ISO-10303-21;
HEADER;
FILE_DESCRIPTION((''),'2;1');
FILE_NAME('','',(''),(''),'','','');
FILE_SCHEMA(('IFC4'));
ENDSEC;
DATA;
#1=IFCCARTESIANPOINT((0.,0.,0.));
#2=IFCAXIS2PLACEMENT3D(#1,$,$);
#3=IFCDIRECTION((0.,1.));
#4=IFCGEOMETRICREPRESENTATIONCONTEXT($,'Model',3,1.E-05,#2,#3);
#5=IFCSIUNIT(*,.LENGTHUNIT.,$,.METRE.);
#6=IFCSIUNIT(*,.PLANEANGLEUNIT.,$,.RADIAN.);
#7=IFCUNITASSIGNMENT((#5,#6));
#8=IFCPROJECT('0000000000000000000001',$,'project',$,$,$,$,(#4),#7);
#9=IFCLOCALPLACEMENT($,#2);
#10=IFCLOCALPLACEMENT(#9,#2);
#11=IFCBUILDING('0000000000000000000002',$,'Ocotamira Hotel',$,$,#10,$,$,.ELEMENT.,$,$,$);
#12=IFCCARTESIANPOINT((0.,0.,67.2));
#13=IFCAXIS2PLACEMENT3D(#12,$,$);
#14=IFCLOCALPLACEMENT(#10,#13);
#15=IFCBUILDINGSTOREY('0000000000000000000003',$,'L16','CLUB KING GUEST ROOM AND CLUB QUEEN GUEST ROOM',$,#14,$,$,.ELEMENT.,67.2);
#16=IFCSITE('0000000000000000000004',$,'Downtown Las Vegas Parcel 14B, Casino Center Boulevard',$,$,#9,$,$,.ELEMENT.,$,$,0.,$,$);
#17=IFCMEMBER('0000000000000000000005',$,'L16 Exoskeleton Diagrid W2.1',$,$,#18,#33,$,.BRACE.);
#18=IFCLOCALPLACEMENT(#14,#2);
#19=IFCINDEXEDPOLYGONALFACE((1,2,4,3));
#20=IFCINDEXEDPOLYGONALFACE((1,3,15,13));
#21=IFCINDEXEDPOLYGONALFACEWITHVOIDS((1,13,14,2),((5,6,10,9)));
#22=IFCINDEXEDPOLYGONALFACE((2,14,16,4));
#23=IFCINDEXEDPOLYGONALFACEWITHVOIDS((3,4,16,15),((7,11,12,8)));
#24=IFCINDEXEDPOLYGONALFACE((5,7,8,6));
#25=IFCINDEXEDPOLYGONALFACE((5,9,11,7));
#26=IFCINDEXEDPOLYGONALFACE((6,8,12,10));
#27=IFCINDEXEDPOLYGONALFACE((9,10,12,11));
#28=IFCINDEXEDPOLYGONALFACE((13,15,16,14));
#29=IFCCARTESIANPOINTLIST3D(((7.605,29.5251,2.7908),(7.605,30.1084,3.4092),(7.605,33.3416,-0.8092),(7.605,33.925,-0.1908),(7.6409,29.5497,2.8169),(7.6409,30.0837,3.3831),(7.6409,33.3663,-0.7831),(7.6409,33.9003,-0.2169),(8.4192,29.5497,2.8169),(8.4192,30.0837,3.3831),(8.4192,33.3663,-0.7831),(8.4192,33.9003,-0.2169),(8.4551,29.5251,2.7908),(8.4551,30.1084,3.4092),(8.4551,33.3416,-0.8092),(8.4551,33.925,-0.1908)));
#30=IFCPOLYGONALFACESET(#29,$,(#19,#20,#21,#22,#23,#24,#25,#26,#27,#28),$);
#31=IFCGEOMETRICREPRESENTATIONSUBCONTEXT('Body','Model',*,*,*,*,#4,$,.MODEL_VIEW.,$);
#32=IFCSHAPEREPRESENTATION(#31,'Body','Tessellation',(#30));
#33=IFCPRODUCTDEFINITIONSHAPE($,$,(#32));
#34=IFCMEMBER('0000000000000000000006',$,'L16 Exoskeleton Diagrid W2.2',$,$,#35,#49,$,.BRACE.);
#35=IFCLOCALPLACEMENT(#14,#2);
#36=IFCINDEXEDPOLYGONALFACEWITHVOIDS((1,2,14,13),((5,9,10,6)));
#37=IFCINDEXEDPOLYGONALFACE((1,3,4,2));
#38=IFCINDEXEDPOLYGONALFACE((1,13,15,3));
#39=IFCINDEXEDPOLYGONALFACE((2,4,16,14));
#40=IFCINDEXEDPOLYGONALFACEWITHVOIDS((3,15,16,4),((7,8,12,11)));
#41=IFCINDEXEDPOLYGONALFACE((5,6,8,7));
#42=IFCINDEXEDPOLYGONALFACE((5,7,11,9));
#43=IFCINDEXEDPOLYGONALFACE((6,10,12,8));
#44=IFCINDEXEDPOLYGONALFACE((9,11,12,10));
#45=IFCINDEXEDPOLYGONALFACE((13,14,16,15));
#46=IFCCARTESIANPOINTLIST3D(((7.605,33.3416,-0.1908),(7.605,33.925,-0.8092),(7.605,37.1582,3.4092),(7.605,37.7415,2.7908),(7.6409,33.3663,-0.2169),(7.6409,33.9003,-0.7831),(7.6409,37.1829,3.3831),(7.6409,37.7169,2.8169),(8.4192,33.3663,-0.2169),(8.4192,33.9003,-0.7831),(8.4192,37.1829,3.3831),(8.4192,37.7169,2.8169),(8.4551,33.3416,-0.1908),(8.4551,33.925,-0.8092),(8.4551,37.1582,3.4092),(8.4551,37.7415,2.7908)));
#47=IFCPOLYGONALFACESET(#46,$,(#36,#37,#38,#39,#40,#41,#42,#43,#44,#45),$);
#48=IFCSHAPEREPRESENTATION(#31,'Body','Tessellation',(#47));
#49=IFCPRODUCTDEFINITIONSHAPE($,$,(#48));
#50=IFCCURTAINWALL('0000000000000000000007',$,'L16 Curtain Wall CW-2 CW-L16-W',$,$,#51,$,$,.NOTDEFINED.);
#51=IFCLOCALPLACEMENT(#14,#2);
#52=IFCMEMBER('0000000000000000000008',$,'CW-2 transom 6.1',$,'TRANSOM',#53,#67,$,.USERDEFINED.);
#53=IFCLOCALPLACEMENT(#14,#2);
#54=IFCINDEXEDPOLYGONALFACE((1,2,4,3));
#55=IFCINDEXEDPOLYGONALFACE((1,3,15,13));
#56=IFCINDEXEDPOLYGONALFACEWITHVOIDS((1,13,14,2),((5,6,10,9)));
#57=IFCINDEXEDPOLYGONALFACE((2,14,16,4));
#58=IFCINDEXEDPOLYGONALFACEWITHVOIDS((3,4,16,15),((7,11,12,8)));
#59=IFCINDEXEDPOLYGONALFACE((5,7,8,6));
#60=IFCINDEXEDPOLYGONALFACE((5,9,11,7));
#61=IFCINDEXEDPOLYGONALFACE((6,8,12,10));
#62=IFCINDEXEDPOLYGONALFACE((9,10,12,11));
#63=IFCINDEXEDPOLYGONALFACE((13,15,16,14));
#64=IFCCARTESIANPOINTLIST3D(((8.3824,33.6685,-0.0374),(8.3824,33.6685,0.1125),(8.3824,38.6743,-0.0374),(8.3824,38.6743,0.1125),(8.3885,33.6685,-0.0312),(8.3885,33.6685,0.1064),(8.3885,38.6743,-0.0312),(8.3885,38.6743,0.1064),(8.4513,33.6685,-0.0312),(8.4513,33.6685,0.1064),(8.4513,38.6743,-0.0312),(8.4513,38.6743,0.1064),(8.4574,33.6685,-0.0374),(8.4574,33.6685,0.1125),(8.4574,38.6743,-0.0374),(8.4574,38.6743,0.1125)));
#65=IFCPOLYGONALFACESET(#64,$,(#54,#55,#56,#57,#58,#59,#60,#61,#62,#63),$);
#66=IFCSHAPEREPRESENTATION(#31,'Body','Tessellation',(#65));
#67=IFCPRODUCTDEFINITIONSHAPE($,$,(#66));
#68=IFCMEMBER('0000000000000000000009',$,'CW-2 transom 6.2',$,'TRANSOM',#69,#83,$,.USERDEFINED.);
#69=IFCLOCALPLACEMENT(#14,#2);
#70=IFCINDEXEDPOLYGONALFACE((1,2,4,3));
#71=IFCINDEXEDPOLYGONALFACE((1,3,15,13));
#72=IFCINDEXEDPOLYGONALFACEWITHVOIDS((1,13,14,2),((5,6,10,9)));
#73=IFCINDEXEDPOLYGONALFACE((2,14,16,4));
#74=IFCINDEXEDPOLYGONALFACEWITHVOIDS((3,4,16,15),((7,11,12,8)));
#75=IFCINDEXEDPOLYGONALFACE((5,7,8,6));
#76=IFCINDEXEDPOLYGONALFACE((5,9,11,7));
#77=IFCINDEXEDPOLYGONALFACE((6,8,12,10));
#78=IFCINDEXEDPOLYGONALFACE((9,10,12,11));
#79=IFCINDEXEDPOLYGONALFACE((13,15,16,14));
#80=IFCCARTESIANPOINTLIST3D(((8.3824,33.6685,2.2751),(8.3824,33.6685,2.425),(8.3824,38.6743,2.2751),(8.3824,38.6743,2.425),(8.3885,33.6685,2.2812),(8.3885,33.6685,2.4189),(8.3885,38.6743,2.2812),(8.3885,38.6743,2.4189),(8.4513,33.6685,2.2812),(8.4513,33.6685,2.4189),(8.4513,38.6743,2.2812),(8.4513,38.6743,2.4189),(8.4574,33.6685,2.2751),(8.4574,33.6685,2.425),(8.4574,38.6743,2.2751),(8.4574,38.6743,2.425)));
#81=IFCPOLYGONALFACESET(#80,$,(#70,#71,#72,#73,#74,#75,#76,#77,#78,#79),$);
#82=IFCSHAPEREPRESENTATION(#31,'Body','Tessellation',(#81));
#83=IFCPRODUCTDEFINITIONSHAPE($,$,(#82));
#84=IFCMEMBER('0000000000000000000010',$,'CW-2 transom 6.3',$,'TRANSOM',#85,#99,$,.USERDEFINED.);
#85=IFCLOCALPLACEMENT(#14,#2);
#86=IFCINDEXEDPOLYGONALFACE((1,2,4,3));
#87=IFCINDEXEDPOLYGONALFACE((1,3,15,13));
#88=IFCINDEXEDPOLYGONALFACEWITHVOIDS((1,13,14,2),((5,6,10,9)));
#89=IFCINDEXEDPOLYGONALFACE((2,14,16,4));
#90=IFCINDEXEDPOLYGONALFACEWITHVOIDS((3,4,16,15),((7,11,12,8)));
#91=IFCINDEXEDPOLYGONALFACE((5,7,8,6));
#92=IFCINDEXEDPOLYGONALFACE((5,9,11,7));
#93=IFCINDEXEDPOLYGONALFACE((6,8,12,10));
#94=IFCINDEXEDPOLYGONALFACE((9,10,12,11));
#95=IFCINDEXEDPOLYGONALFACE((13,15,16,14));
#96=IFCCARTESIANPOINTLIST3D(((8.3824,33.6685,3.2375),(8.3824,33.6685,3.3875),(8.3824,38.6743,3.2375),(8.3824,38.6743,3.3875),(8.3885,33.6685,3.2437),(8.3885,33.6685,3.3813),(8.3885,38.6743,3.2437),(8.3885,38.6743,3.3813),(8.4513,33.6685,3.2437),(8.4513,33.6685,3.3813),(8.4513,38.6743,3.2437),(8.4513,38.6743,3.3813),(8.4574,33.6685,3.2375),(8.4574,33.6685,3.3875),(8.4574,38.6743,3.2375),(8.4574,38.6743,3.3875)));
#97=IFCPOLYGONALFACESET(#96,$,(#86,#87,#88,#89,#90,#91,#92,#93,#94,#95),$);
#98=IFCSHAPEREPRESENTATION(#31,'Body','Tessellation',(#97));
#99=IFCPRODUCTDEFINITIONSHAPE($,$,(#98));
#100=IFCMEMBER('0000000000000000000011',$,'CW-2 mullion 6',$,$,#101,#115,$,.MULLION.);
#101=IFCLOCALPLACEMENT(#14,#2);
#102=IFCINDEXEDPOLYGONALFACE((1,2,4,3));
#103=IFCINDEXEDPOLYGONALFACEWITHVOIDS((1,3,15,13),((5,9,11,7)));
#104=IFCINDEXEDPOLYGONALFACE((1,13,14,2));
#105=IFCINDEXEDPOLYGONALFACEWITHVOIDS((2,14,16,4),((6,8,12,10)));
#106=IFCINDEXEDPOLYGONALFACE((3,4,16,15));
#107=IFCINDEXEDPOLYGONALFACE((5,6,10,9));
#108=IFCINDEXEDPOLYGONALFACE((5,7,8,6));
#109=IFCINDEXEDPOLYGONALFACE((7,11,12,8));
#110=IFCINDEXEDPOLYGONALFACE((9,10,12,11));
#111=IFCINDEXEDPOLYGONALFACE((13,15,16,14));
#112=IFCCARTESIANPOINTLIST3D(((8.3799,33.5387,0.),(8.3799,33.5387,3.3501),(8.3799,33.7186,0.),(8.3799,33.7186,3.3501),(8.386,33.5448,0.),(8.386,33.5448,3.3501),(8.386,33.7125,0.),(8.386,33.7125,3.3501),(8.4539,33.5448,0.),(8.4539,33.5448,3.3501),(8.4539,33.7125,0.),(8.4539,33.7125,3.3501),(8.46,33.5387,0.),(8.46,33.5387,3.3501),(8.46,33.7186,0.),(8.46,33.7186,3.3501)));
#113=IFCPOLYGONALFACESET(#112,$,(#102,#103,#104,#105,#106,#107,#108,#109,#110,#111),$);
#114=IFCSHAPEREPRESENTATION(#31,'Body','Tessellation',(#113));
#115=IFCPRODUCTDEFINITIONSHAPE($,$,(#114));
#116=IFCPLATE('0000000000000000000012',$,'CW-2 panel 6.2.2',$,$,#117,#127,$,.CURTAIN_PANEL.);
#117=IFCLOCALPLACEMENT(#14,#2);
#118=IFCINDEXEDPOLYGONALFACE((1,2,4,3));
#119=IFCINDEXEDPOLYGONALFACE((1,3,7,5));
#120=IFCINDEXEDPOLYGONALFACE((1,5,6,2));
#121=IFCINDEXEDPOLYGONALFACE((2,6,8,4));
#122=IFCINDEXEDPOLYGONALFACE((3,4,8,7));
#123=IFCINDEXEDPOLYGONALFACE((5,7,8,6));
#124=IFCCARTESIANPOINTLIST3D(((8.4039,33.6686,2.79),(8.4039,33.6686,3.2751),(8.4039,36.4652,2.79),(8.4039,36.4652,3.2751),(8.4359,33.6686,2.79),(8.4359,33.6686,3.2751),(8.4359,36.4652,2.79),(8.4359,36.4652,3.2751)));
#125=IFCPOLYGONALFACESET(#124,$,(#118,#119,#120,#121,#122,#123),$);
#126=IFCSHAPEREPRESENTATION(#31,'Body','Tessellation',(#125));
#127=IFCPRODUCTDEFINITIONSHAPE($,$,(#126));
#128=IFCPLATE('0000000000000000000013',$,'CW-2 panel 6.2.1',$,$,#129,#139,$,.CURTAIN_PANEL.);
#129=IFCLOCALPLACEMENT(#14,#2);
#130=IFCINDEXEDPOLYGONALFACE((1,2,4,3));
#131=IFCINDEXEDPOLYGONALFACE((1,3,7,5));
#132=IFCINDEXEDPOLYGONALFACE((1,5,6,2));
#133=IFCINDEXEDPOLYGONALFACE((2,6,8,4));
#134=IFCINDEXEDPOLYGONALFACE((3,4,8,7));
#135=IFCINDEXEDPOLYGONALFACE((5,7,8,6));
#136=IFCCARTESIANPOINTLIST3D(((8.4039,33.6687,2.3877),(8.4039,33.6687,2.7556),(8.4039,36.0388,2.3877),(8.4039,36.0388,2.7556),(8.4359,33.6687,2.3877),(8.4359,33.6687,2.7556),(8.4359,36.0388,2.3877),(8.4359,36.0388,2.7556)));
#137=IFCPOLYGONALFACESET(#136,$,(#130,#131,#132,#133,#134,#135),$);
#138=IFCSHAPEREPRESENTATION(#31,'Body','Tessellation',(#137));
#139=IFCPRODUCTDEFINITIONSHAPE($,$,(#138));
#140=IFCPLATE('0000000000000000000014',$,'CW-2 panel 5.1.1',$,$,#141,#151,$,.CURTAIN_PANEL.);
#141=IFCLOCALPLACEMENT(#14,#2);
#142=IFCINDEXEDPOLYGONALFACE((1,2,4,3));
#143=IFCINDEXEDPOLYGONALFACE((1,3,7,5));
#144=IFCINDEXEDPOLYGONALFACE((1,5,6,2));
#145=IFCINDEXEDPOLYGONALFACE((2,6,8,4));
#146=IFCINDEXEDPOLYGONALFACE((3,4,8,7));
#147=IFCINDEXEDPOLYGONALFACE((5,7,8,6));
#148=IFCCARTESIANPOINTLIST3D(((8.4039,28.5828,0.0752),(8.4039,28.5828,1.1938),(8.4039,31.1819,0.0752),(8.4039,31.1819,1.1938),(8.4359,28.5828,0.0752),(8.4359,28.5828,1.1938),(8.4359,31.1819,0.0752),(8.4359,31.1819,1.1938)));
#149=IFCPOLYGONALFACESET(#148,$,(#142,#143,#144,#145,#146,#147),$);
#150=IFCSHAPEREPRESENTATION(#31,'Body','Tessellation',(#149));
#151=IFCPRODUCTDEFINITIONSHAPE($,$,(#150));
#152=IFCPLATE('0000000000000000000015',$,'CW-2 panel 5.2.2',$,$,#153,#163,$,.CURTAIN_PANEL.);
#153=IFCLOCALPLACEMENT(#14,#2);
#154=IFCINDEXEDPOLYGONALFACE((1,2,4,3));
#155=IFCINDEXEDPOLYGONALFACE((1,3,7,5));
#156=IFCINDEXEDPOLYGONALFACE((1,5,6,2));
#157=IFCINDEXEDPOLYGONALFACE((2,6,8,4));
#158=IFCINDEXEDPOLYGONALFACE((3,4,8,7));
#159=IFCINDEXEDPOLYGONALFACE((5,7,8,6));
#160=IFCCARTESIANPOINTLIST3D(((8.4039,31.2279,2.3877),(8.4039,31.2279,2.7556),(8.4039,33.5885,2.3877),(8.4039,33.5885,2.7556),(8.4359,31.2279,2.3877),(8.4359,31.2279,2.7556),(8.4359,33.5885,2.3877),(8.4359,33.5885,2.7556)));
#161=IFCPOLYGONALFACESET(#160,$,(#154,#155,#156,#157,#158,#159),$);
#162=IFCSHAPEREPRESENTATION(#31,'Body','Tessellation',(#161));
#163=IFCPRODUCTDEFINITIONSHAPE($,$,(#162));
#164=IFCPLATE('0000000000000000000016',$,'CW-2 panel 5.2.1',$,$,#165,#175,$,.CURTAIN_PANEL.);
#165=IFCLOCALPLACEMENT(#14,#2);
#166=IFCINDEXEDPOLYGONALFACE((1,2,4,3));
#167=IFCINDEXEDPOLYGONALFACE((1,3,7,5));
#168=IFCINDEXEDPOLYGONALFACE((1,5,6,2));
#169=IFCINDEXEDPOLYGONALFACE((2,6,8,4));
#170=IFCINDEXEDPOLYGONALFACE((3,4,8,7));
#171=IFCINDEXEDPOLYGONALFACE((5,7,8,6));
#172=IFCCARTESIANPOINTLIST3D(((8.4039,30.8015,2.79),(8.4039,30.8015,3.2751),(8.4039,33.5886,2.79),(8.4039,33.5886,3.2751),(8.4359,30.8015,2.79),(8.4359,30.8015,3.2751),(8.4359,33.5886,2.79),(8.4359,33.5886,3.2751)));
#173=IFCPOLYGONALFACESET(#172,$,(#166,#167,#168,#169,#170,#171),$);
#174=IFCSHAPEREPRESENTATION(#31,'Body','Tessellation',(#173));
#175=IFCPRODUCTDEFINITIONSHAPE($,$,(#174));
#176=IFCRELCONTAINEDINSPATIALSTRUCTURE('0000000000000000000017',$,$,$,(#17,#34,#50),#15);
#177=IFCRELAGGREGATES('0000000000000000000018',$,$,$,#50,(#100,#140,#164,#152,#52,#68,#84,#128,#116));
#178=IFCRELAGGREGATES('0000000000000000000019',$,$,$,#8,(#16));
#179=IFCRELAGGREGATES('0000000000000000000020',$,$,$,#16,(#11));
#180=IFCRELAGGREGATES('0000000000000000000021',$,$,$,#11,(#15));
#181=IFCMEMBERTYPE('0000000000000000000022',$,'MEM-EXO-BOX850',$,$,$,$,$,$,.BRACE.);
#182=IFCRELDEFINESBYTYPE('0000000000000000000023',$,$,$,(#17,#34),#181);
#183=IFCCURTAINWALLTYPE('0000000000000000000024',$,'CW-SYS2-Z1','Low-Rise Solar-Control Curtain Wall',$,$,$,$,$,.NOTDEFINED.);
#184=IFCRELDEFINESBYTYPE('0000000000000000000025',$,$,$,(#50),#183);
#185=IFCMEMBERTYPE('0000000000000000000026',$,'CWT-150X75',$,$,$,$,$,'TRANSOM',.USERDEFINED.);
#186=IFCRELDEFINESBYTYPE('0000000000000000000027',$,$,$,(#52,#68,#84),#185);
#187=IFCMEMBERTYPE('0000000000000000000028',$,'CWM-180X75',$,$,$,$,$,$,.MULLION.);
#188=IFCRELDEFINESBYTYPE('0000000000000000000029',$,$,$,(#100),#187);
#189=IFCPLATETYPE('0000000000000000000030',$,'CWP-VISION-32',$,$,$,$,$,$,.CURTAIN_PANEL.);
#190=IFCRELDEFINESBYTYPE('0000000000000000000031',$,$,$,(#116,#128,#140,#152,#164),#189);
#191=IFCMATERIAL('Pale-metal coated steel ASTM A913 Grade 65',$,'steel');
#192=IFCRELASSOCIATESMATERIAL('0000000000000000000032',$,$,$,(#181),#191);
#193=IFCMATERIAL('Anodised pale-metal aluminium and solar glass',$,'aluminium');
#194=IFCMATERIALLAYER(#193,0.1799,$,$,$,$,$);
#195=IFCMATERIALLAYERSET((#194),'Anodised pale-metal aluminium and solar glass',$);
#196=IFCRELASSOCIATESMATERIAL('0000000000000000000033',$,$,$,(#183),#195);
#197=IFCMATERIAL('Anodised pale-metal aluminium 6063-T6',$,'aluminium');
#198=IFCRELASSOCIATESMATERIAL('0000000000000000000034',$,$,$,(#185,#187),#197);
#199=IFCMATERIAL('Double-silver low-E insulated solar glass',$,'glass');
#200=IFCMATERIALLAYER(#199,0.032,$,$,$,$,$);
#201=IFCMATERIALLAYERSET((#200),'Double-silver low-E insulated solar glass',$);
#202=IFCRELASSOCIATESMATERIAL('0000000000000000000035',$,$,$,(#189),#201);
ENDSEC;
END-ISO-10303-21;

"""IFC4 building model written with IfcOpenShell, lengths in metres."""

from ifc_helpers import new_model, si_unit, direction, frame, origin, origin_2d, place, context, subcontext, project, spatial, rectangle, hollow_rectangle, extrude, source, transform, mapped, material, layer, layer_set, material_profile, profile_set, type_object, element, aggregate, save


model = new_model("IFC4")

# Units and contexts
model_context = context("Model", 3, precision=1e-05, world=origin(), true_north=direction((0.0, 1.0)))
body_context = subcontext(model_context, "Body", "Model", "MODEL_VIEW")
ifc_project = project(units=[si_unit("LENGTHUNIT", "METRE"), si_unit("PLANEANGLEUNIT", "RADIAN")], contexts=[model_context])

# Site, building, storey
site_placement = place(None, origin())
site = spatial("IfcSite", under=ifc_project, at=site_placement, Name="Downtown Las Vegas Parcel 14B, Casino Center Boulevard", CompositionType="ELEMENT", RefElevation=0.0)
building_placement = place(site_placement, origin())
building = spatial("IfcBuilding", under=site, at=building_placement, Name="Ocotamira Hotel", CompositionType="ELEMENT")
storey_placement = place(building_placement, frame((0.0, 0.0, 67.2)))
storey = spatial("IfcBuildingStorey", under=building, at=storey_placement, Name="L16", Description="CLUB KING GUEST ROOM AND CLUB QUEEN GUEST ROOM", CompositionType="ELEMENT", Elevation=67.2)

# Members
ifc_material_1 = material(Name="Pale-metal coated steel ASTM A913 Grade 65", Category="steel")
ifc_material_profile_1 = material_profile(ifc_material_1, hollow_rectangle(XDim=0.8501, YDim=0.8501, WallThickness=0.0359, at=origin_2d()), Name="BOX850X850X36")
ifc_profile_set_1 = profile_set([ifc_material_profile_1], Name="Pale-metal coated steel ASTM A913 Grade 65")
member_type_1 = type_object("IfcMemberType", Name="MEM-EXO-BOX850", PredefinedType="BRACE", material=ifc_profile_set_1)
shared_shape_1 = source(origin(), body_context, "Body", "SweptSolid", [
    extrude(hollow_rectangle(XDim=0.8501, YDim=0.8501, WallThickness=0.0359, at=origin_2d()), origin(), (0.0, 0.0, 1.0), 5.2466),
])
for number, where, z_axis, x_axis, name in (
    (1, (8.03, 33.6333, -0.5), (0.0, -0.727443, 0.686168), (1.0, 0.0, 0.0), "L16 Exoskeleton Diagrid W2.1"),
    (2, (8.03, 33.6333, -0.5), (0.0, 0.727443, 0.686168), (-1.0, 0.0, 0.0), "L16 Exoskeleton Diagrid W2.2"),
):
    element("IfcMember", number, at=place(storey_placement, frame(where, z_axis=z_axis, x_axis=x_axis)), inside=storey, type_object=member_type_1, Name=name, PredefinedType="BRACE", context=body_context, shape_type="MappedRepresentation", body=[
        mapped(shared_shape_1, transform((0.0, 0.0, 0.0), scale=1.0)),
    ])

# Curtain wall, members, plates
ifc_material_2 = material(Name="Anodised pale-metal aluminium and solar glass", Category="aluminium")
ifc_layer_1 = layer(ifc_material_2, 0.1799)
ifc_layer_set_1 = layer_set([ifc_layer_1], Name="Anodised pale-metal aluminium and solar glass")
curtain_wall_type = type_object("IfcCurtainWallType", Name="CW-SYS2-Z1", Description="Low-Rise Solar-Control Curtain Wall", PredefinedType="NOTDEFINED", material=ifc_layer_set_1)
curtain_wall_placement = place(storey_placement, origin())
curtain_wall = element("IfcCurtainWall", 3, at=curtain_wall_placement, inside=storey, type_object=curtain_wall_type, Name="L16 Curtain Wall CW-2 CW-L16-W", PredefinedType="NOTDEFINED")
ifc_material_3 = material(Name="Anodised pale-metal aluminium 6063-T6", Category="aluminium")
ifc_material_profile_2 = material_profile(ifc_material_3, hollow_rectangle(XDim=0.075, YDim=0.1499, WallThickness=0.0061, at=origin_2d()), Name="HSS150X75X6")
ifc_profile_set_2 = profile_set([ifc_material_profile_2], Name="Anodised pale-metal aluminium 6063-T6")
member_type_2 = type_object("IfcMemberType", Name="CWT-150X75", ElementType="TRANSOM", PredefinedType="USERDEFINED", material=ifc_profile_set_2)
shared_shape_2 = source(origin(), body_context, "Body", "SweptSolid", [
    extrude(hollow_rectangle(XDim=0.075, YDim=0.1499, WallThickness=0.0061, at=origin_2d()), origin(), (0.0, 0.0, 1.0), 5.0059),
])
member_1_placement = place(storey_placement, frame((8.4199, 33.6685, 0.0376), z_axis=(0.0, 1.0, 0.0), x_axis=(-1.0, 0.0, 0.0)))
member_1 = element("IfcMember", 4, at=member_1_placement, type_object=member_type_2, Name="CW-2 transom 6.1", ObjectType="TRANSOM", PredefinedType="USERDEFINED", context=body_context, shape_type="MappedRepresentation", body=[
    mapped(shared_shape_2, transform((0.0, 0.0, 0.0), scale=1.0)),
])
member_2_placement = place(storey_placement, frame((8.4199, 33.6685, 2.3501), z_axis=(0.0, 1.0, 0.0), x_axis=(-1.0, 0.0, 0.0)))
member_2 = element("IfcMember", 5, at=member_2_placement, type_object=member_type_2, Name="CW-2 transom 6.2", ObjectType="TRANSOM", PredefinedType="USERDEFINED", context=body_context, shape_type="MappedRepresentation", body=[
    mapped(shared_shape_2, transform((0.0, 0.0, 0.0), scale=1.0)),
])
member_3_placement = place(storey_placement, frame((8.4199, 33.6685, 3.3125), z_axis=(0.0, 1.0, 0.0), x_axis=(-1.0, 0.0, 0.0)))
member_3 = element("IfcMember", 6, at=member_3_placement, type_object=member_type_2, Name="CW-2 transom 6.3", ObjectType="TRANSOM", PredefinedType="USERDEFINED", context=body_context, shape_type="MappedRepresentation", body=[
    mapped(shared_shape_2, transform((0.0, 0.0, 0.0), scale=1.0)),
])
ifc_material_profile_3 = material_profile(ifc_material_3, hollow_rectangle(XDim=0.0801, YDim=0.1799, WallThickness=0.0061, at=origin_2d()), Name="HSS180X80X6")
ifc_profile_set_3 = profile_set([ifc_material_profile_3], Name="Anodised pale-metal aluminium 6063-T6")
member_type_3 = type_object("IfcMemberType", Name="CWM-180X75", PredefinedType="MULLION", material=ifc_profile_set_3)
shared_shape_3 = source(origin(), body_context, "Body", "SweptSolid", [
    extrude(hollow_rectangle(XDim=0.0801, YDim=0.1799, WallThickness=0.0061, at=origin_2d()), origin(), (0.0, 0.0, 1.0), 3.3501),
])
member_4_placement = place(storey_placement, frame((8.4199, 33.6287, 0.0), z_axis=(0.0, 0.0, 1.0), x_axis=(-1.0, 0.0, 0.0)))
member_4 = element("IfcMember", 7, at=member_4_placement, type_object=member_type_3, Name="CW-2 mullion 6", PredefinedType="MULLION", context=body_context, shape_type="MappedRepresentation", body=[
    mapped(shared_shape_3, transform((0.0, 0.0, 0.0), scale=1.0)),
])
ifc_material_4 = material(Name="Double-silver low-E insulated solar glass", Category="glass")
ifc_layer_2 = layer(ifc_material_4, 0.032)
ifc_layer_set_2 = layer_set([ifc_layer_2], Name="Double-silver low-E insulated solar glass")
plate_type = type_object("IfcPlateType", Name="CWP-VISION-32", PredefinedType="CURTAIN_PANEL", material=ifc_layer_set_2)
shared_shape_4 = source(origin(), body_context, "Body", "SweptSolid", [
    extrude(rectangle(XDim=2.7966, YDim=0.032, at=origin_2d()), origin(), (0.0, 0.0, 1.0), 0.4851),
])
plate_1_placement = place(storey_placement, frame((8.4199, 35.0669, 2.79), z_axis=(0.0, 0.0, 1.0), x_axis=(0.0, 1.0, 0.0)))
plate_1 = element("IfcPlate", 8, at=plate_1_placement, type_object=plate_type, Name="CW-2 panel 6.2.2", PredefinedType="CURTAIN_PANEL", context=body_context, shape_type="MappedRepresentation", body=[
    mapped(shared_shape_4, transform((0.0, 0.0, 0.0), scale=1.0)),
])
shared_shape_5 = source(origin(), body_context, "Body", "SweptSolid", [
    extrude(rectangle(XDim=2.3701, YDim=0.032, at=origin_2d()), origin(), (0.0, 0.0, 1.0), 0.3679),
])
plate_2_placement = place(storey_placement, frame((8.4199, 34.8538, 2.3877), z_axis=(0.0, 0.0, 1.0), x_axis=(0.0, 1.0, 0.0)))
plate_2 = element("IfcPlate", 9, at=plate_2_placement, type_object=plate_type, Name="CW-2 panel 6.2.1", PredefinedType="CURTAIN_PANEL", context=body_context, shape_type="MappedRepresentation", body=[
    mapped(shared_shape_5, transform((0.0, 0.0, 0.0), scale=1.0)),
])
shared_shape_6 = source(origin(), body_context, "Body", "SweptSolid", [
    extrude(rectangle(XDim=2.5991, YDim=0.032, at=origin_2d()), origin(), (0.0, 0.0, 1.0), 1.1187),
])
plate_3_placement = place(storey_placement, frame((8.4199, 29.8823, 0.0752), z_axis=(0.0, 0.0, 1.0), x_axis=(0.0, 1.0, 0.0)))
plate_3 = element("IfcPlate", 10, at=plate_3_placement, type_object=plate_type, Name="CW-2 panel 5.1.1", PredefinedType="CURTAIN_PANEL", context=body_context, shape_type="MappedRepresentation", body=[
    mapped(shared_shape_6, transform((0.0, 0.0, 0.0), scale=1.0)),
])
shared_shape_7 = source(origin(), body_context, "Body", "SweptSolid", [
    extrude(rectangle(XDim=2.3606, YDim=0.032, at=origin_2d()), origin(), (0.0, 0.0, 1.0), 0.3679),
])
plate_4_placement = place(storey_placement, frame((8.4199, 32.4082, 2.3877), z_axis=(0.0, 0.0, 1.0), x_axis=(0.0, 1.0, 0.0)))
plate_4 = element("IfcPlate", 11, at=plate_4_placement, type_object=plate_type, Name="CW-2 panel 5.2.2", PredefinedType="CURTAIN_PANEL", context=body_context, shape_type="MappedRepresentation", body=[
    mapped(shared_shape_7, transform((0.0, 0.0, 0.0), scale=1.0)),
])
shared_shape_8 = source(origin(), body_context, "Body", "SweptSolid", [
    extrude(rectangle(XDim=2.7871, YDim=0.032, at=origin_2d()), origin(), (0.0, 0.0, 1.0), 0.4851),
])
plate_5_placement = place(storey_placement, frame((8.4199, 32.1951, 2.79), z_axis=(0.0, 0.0, 1.0), x_axis=(0.0, 1.0, 0.0)))
plate_5 = element("IfcPlate", 12, at=plate_5_placement, type_object=plate_type, Name="CW-2 panel 5.2.1", PredefinedType="CURTAIN_PANEL", context=body_context, shape_type="MappedRepresentation", body=[
    mapped(shared_shape_8, transform((0.0, 0.0, 0.0), scale=1.0)),
])
aggregate(curtain_wall, [member_4, plate_3, plate_5, plate_4, member_1, member_2, member_3, plate_2, plate_1])

save(model, "model.ifc")
